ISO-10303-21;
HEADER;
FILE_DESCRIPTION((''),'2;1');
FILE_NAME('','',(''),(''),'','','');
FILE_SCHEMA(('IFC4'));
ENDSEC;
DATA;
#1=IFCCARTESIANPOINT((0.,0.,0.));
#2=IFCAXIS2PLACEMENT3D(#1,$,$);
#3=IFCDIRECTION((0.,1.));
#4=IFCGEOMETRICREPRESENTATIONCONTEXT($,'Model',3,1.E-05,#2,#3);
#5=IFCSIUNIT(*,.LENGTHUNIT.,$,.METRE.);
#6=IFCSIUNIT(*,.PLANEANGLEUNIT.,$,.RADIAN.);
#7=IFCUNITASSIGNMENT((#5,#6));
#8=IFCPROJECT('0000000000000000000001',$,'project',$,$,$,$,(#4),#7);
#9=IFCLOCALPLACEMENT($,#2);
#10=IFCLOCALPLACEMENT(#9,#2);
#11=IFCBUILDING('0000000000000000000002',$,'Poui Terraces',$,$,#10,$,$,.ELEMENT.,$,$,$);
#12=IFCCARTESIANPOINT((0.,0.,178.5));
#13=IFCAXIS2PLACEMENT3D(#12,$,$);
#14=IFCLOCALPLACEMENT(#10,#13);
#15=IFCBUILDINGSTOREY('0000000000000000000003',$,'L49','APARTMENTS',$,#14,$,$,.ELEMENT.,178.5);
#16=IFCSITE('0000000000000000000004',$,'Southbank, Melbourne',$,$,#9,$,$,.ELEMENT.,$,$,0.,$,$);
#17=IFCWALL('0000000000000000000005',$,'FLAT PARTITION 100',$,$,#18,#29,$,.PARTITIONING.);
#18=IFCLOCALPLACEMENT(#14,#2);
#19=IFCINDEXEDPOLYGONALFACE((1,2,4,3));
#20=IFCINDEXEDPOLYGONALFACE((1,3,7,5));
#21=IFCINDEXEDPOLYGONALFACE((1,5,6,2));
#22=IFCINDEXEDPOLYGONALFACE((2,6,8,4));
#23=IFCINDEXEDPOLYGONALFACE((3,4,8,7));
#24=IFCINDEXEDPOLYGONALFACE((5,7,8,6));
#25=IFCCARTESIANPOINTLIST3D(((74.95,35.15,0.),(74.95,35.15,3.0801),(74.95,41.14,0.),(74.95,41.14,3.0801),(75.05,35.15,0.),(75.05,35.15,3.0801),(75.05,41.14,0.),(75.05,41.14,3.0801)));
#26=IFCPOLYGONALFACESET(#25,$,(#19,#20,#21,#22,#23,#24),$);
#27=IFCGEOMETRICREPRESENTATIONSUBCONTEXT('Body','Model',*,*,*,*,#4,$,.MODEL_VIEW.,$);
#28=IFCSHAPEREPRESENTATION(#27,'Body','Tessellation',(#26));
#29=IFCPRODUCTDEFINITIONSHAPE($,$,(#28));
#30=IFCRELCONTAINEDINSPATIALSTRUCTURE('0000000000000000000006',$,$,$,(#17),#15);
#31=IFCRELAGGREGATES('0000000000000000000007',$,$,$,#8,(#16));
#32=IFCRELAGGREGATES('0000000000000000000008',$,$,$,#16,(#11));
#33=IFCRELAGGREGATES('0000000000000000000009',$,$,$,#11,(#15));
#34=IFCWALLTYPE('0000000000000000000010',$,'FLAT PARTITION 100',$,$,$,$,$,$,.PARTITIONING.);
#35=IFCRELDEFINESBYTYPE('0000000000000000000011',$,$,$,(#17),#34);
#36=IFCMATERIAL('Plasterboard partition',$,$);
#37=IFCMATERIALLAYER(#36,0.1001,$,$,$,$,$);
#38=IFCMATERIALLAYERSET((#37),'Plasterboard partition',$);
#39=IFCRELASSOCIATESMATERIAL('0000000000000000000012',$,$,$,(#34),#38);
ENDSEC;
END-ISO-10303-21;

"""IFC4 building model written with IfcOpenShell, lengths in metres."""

from ifc_helpers import new_model, si_unit, direction, frame, frame_2d, origin, place, context, subcontext, project, spatial, rectangle, extrude, material, layer, layer_set, type_object, element, save


model = new_model("IFC4")

# Units and contexts
model_context = context("Model", 3, precision=1e-05, world=origin(), true_north=direction((0.0, 1.0)))
body_context = subcontext(model_context, "Body", "Model", "MODEL_VIEW")
ifc_project = project(units=[si_unit("LENGTHUNIT", "METRE"), si_unit("PLANEANGLEUNIT", "RADIAN")], contexts=[model_context])

# Site, building, storey
site_placement = place(None, origin())
site = spatial("IfcSite", under=ifc_project, at=site_placement, Name="Southbank, Melbourne", CompositionType="ELEMENT", RefElevation=0.0)
building_placement = place(site_placement, origin())
building = spatial("IfcBuilding", under=site, at=building_placement, Name="Poui Terraces", CompositionType="ELEMENT")
storey_placement = place(building_placement, frame((0.0, 0.0, 178.5)))
storey = spatial("IfcBuildingStorey", under=building, at=storey_placement, Name="L49", Description="APARTMENTS", CompositionType="ELEMENT", Elevation=178.5)

# Wall
ifc_material_1 = material(Name="Plasterboard partition")
ifc_layer_1 = layer(ifc_material_1, 0.1001)
ifc_layer_set_1 = layer_set([ifc_layer_1], Name="Plasterboard partition")
wall_type_1 = type_object("IfcWallType", Name="FLAT PARTITION 100", PredefinedType="PARTITIONING", material=ifc_layer_set_1)
wall_1_placement = place(storey_placement, frame((75.0, 35.1499, 0.0), z_axis=(0.0, 0.0, 1.0), x_axis=(0.0, 1.0, 0.0)))
element("IfcWall", 1, at=wall_1_placement, inside=storey, type_object=wall_type_1, Name="FLAT PARTITION 100", PredefinedType="PARTITIONING", context=body_context, shape_type="SweptSolid", body=[
    extrude(rectangle(XDim=5.99, YDim=0.1001, at=frame_2d((2.9951, 0.0))), origin(), (0.0, 0.0, 1.0), 3.0801),
])

save(model, "model.ifc")
